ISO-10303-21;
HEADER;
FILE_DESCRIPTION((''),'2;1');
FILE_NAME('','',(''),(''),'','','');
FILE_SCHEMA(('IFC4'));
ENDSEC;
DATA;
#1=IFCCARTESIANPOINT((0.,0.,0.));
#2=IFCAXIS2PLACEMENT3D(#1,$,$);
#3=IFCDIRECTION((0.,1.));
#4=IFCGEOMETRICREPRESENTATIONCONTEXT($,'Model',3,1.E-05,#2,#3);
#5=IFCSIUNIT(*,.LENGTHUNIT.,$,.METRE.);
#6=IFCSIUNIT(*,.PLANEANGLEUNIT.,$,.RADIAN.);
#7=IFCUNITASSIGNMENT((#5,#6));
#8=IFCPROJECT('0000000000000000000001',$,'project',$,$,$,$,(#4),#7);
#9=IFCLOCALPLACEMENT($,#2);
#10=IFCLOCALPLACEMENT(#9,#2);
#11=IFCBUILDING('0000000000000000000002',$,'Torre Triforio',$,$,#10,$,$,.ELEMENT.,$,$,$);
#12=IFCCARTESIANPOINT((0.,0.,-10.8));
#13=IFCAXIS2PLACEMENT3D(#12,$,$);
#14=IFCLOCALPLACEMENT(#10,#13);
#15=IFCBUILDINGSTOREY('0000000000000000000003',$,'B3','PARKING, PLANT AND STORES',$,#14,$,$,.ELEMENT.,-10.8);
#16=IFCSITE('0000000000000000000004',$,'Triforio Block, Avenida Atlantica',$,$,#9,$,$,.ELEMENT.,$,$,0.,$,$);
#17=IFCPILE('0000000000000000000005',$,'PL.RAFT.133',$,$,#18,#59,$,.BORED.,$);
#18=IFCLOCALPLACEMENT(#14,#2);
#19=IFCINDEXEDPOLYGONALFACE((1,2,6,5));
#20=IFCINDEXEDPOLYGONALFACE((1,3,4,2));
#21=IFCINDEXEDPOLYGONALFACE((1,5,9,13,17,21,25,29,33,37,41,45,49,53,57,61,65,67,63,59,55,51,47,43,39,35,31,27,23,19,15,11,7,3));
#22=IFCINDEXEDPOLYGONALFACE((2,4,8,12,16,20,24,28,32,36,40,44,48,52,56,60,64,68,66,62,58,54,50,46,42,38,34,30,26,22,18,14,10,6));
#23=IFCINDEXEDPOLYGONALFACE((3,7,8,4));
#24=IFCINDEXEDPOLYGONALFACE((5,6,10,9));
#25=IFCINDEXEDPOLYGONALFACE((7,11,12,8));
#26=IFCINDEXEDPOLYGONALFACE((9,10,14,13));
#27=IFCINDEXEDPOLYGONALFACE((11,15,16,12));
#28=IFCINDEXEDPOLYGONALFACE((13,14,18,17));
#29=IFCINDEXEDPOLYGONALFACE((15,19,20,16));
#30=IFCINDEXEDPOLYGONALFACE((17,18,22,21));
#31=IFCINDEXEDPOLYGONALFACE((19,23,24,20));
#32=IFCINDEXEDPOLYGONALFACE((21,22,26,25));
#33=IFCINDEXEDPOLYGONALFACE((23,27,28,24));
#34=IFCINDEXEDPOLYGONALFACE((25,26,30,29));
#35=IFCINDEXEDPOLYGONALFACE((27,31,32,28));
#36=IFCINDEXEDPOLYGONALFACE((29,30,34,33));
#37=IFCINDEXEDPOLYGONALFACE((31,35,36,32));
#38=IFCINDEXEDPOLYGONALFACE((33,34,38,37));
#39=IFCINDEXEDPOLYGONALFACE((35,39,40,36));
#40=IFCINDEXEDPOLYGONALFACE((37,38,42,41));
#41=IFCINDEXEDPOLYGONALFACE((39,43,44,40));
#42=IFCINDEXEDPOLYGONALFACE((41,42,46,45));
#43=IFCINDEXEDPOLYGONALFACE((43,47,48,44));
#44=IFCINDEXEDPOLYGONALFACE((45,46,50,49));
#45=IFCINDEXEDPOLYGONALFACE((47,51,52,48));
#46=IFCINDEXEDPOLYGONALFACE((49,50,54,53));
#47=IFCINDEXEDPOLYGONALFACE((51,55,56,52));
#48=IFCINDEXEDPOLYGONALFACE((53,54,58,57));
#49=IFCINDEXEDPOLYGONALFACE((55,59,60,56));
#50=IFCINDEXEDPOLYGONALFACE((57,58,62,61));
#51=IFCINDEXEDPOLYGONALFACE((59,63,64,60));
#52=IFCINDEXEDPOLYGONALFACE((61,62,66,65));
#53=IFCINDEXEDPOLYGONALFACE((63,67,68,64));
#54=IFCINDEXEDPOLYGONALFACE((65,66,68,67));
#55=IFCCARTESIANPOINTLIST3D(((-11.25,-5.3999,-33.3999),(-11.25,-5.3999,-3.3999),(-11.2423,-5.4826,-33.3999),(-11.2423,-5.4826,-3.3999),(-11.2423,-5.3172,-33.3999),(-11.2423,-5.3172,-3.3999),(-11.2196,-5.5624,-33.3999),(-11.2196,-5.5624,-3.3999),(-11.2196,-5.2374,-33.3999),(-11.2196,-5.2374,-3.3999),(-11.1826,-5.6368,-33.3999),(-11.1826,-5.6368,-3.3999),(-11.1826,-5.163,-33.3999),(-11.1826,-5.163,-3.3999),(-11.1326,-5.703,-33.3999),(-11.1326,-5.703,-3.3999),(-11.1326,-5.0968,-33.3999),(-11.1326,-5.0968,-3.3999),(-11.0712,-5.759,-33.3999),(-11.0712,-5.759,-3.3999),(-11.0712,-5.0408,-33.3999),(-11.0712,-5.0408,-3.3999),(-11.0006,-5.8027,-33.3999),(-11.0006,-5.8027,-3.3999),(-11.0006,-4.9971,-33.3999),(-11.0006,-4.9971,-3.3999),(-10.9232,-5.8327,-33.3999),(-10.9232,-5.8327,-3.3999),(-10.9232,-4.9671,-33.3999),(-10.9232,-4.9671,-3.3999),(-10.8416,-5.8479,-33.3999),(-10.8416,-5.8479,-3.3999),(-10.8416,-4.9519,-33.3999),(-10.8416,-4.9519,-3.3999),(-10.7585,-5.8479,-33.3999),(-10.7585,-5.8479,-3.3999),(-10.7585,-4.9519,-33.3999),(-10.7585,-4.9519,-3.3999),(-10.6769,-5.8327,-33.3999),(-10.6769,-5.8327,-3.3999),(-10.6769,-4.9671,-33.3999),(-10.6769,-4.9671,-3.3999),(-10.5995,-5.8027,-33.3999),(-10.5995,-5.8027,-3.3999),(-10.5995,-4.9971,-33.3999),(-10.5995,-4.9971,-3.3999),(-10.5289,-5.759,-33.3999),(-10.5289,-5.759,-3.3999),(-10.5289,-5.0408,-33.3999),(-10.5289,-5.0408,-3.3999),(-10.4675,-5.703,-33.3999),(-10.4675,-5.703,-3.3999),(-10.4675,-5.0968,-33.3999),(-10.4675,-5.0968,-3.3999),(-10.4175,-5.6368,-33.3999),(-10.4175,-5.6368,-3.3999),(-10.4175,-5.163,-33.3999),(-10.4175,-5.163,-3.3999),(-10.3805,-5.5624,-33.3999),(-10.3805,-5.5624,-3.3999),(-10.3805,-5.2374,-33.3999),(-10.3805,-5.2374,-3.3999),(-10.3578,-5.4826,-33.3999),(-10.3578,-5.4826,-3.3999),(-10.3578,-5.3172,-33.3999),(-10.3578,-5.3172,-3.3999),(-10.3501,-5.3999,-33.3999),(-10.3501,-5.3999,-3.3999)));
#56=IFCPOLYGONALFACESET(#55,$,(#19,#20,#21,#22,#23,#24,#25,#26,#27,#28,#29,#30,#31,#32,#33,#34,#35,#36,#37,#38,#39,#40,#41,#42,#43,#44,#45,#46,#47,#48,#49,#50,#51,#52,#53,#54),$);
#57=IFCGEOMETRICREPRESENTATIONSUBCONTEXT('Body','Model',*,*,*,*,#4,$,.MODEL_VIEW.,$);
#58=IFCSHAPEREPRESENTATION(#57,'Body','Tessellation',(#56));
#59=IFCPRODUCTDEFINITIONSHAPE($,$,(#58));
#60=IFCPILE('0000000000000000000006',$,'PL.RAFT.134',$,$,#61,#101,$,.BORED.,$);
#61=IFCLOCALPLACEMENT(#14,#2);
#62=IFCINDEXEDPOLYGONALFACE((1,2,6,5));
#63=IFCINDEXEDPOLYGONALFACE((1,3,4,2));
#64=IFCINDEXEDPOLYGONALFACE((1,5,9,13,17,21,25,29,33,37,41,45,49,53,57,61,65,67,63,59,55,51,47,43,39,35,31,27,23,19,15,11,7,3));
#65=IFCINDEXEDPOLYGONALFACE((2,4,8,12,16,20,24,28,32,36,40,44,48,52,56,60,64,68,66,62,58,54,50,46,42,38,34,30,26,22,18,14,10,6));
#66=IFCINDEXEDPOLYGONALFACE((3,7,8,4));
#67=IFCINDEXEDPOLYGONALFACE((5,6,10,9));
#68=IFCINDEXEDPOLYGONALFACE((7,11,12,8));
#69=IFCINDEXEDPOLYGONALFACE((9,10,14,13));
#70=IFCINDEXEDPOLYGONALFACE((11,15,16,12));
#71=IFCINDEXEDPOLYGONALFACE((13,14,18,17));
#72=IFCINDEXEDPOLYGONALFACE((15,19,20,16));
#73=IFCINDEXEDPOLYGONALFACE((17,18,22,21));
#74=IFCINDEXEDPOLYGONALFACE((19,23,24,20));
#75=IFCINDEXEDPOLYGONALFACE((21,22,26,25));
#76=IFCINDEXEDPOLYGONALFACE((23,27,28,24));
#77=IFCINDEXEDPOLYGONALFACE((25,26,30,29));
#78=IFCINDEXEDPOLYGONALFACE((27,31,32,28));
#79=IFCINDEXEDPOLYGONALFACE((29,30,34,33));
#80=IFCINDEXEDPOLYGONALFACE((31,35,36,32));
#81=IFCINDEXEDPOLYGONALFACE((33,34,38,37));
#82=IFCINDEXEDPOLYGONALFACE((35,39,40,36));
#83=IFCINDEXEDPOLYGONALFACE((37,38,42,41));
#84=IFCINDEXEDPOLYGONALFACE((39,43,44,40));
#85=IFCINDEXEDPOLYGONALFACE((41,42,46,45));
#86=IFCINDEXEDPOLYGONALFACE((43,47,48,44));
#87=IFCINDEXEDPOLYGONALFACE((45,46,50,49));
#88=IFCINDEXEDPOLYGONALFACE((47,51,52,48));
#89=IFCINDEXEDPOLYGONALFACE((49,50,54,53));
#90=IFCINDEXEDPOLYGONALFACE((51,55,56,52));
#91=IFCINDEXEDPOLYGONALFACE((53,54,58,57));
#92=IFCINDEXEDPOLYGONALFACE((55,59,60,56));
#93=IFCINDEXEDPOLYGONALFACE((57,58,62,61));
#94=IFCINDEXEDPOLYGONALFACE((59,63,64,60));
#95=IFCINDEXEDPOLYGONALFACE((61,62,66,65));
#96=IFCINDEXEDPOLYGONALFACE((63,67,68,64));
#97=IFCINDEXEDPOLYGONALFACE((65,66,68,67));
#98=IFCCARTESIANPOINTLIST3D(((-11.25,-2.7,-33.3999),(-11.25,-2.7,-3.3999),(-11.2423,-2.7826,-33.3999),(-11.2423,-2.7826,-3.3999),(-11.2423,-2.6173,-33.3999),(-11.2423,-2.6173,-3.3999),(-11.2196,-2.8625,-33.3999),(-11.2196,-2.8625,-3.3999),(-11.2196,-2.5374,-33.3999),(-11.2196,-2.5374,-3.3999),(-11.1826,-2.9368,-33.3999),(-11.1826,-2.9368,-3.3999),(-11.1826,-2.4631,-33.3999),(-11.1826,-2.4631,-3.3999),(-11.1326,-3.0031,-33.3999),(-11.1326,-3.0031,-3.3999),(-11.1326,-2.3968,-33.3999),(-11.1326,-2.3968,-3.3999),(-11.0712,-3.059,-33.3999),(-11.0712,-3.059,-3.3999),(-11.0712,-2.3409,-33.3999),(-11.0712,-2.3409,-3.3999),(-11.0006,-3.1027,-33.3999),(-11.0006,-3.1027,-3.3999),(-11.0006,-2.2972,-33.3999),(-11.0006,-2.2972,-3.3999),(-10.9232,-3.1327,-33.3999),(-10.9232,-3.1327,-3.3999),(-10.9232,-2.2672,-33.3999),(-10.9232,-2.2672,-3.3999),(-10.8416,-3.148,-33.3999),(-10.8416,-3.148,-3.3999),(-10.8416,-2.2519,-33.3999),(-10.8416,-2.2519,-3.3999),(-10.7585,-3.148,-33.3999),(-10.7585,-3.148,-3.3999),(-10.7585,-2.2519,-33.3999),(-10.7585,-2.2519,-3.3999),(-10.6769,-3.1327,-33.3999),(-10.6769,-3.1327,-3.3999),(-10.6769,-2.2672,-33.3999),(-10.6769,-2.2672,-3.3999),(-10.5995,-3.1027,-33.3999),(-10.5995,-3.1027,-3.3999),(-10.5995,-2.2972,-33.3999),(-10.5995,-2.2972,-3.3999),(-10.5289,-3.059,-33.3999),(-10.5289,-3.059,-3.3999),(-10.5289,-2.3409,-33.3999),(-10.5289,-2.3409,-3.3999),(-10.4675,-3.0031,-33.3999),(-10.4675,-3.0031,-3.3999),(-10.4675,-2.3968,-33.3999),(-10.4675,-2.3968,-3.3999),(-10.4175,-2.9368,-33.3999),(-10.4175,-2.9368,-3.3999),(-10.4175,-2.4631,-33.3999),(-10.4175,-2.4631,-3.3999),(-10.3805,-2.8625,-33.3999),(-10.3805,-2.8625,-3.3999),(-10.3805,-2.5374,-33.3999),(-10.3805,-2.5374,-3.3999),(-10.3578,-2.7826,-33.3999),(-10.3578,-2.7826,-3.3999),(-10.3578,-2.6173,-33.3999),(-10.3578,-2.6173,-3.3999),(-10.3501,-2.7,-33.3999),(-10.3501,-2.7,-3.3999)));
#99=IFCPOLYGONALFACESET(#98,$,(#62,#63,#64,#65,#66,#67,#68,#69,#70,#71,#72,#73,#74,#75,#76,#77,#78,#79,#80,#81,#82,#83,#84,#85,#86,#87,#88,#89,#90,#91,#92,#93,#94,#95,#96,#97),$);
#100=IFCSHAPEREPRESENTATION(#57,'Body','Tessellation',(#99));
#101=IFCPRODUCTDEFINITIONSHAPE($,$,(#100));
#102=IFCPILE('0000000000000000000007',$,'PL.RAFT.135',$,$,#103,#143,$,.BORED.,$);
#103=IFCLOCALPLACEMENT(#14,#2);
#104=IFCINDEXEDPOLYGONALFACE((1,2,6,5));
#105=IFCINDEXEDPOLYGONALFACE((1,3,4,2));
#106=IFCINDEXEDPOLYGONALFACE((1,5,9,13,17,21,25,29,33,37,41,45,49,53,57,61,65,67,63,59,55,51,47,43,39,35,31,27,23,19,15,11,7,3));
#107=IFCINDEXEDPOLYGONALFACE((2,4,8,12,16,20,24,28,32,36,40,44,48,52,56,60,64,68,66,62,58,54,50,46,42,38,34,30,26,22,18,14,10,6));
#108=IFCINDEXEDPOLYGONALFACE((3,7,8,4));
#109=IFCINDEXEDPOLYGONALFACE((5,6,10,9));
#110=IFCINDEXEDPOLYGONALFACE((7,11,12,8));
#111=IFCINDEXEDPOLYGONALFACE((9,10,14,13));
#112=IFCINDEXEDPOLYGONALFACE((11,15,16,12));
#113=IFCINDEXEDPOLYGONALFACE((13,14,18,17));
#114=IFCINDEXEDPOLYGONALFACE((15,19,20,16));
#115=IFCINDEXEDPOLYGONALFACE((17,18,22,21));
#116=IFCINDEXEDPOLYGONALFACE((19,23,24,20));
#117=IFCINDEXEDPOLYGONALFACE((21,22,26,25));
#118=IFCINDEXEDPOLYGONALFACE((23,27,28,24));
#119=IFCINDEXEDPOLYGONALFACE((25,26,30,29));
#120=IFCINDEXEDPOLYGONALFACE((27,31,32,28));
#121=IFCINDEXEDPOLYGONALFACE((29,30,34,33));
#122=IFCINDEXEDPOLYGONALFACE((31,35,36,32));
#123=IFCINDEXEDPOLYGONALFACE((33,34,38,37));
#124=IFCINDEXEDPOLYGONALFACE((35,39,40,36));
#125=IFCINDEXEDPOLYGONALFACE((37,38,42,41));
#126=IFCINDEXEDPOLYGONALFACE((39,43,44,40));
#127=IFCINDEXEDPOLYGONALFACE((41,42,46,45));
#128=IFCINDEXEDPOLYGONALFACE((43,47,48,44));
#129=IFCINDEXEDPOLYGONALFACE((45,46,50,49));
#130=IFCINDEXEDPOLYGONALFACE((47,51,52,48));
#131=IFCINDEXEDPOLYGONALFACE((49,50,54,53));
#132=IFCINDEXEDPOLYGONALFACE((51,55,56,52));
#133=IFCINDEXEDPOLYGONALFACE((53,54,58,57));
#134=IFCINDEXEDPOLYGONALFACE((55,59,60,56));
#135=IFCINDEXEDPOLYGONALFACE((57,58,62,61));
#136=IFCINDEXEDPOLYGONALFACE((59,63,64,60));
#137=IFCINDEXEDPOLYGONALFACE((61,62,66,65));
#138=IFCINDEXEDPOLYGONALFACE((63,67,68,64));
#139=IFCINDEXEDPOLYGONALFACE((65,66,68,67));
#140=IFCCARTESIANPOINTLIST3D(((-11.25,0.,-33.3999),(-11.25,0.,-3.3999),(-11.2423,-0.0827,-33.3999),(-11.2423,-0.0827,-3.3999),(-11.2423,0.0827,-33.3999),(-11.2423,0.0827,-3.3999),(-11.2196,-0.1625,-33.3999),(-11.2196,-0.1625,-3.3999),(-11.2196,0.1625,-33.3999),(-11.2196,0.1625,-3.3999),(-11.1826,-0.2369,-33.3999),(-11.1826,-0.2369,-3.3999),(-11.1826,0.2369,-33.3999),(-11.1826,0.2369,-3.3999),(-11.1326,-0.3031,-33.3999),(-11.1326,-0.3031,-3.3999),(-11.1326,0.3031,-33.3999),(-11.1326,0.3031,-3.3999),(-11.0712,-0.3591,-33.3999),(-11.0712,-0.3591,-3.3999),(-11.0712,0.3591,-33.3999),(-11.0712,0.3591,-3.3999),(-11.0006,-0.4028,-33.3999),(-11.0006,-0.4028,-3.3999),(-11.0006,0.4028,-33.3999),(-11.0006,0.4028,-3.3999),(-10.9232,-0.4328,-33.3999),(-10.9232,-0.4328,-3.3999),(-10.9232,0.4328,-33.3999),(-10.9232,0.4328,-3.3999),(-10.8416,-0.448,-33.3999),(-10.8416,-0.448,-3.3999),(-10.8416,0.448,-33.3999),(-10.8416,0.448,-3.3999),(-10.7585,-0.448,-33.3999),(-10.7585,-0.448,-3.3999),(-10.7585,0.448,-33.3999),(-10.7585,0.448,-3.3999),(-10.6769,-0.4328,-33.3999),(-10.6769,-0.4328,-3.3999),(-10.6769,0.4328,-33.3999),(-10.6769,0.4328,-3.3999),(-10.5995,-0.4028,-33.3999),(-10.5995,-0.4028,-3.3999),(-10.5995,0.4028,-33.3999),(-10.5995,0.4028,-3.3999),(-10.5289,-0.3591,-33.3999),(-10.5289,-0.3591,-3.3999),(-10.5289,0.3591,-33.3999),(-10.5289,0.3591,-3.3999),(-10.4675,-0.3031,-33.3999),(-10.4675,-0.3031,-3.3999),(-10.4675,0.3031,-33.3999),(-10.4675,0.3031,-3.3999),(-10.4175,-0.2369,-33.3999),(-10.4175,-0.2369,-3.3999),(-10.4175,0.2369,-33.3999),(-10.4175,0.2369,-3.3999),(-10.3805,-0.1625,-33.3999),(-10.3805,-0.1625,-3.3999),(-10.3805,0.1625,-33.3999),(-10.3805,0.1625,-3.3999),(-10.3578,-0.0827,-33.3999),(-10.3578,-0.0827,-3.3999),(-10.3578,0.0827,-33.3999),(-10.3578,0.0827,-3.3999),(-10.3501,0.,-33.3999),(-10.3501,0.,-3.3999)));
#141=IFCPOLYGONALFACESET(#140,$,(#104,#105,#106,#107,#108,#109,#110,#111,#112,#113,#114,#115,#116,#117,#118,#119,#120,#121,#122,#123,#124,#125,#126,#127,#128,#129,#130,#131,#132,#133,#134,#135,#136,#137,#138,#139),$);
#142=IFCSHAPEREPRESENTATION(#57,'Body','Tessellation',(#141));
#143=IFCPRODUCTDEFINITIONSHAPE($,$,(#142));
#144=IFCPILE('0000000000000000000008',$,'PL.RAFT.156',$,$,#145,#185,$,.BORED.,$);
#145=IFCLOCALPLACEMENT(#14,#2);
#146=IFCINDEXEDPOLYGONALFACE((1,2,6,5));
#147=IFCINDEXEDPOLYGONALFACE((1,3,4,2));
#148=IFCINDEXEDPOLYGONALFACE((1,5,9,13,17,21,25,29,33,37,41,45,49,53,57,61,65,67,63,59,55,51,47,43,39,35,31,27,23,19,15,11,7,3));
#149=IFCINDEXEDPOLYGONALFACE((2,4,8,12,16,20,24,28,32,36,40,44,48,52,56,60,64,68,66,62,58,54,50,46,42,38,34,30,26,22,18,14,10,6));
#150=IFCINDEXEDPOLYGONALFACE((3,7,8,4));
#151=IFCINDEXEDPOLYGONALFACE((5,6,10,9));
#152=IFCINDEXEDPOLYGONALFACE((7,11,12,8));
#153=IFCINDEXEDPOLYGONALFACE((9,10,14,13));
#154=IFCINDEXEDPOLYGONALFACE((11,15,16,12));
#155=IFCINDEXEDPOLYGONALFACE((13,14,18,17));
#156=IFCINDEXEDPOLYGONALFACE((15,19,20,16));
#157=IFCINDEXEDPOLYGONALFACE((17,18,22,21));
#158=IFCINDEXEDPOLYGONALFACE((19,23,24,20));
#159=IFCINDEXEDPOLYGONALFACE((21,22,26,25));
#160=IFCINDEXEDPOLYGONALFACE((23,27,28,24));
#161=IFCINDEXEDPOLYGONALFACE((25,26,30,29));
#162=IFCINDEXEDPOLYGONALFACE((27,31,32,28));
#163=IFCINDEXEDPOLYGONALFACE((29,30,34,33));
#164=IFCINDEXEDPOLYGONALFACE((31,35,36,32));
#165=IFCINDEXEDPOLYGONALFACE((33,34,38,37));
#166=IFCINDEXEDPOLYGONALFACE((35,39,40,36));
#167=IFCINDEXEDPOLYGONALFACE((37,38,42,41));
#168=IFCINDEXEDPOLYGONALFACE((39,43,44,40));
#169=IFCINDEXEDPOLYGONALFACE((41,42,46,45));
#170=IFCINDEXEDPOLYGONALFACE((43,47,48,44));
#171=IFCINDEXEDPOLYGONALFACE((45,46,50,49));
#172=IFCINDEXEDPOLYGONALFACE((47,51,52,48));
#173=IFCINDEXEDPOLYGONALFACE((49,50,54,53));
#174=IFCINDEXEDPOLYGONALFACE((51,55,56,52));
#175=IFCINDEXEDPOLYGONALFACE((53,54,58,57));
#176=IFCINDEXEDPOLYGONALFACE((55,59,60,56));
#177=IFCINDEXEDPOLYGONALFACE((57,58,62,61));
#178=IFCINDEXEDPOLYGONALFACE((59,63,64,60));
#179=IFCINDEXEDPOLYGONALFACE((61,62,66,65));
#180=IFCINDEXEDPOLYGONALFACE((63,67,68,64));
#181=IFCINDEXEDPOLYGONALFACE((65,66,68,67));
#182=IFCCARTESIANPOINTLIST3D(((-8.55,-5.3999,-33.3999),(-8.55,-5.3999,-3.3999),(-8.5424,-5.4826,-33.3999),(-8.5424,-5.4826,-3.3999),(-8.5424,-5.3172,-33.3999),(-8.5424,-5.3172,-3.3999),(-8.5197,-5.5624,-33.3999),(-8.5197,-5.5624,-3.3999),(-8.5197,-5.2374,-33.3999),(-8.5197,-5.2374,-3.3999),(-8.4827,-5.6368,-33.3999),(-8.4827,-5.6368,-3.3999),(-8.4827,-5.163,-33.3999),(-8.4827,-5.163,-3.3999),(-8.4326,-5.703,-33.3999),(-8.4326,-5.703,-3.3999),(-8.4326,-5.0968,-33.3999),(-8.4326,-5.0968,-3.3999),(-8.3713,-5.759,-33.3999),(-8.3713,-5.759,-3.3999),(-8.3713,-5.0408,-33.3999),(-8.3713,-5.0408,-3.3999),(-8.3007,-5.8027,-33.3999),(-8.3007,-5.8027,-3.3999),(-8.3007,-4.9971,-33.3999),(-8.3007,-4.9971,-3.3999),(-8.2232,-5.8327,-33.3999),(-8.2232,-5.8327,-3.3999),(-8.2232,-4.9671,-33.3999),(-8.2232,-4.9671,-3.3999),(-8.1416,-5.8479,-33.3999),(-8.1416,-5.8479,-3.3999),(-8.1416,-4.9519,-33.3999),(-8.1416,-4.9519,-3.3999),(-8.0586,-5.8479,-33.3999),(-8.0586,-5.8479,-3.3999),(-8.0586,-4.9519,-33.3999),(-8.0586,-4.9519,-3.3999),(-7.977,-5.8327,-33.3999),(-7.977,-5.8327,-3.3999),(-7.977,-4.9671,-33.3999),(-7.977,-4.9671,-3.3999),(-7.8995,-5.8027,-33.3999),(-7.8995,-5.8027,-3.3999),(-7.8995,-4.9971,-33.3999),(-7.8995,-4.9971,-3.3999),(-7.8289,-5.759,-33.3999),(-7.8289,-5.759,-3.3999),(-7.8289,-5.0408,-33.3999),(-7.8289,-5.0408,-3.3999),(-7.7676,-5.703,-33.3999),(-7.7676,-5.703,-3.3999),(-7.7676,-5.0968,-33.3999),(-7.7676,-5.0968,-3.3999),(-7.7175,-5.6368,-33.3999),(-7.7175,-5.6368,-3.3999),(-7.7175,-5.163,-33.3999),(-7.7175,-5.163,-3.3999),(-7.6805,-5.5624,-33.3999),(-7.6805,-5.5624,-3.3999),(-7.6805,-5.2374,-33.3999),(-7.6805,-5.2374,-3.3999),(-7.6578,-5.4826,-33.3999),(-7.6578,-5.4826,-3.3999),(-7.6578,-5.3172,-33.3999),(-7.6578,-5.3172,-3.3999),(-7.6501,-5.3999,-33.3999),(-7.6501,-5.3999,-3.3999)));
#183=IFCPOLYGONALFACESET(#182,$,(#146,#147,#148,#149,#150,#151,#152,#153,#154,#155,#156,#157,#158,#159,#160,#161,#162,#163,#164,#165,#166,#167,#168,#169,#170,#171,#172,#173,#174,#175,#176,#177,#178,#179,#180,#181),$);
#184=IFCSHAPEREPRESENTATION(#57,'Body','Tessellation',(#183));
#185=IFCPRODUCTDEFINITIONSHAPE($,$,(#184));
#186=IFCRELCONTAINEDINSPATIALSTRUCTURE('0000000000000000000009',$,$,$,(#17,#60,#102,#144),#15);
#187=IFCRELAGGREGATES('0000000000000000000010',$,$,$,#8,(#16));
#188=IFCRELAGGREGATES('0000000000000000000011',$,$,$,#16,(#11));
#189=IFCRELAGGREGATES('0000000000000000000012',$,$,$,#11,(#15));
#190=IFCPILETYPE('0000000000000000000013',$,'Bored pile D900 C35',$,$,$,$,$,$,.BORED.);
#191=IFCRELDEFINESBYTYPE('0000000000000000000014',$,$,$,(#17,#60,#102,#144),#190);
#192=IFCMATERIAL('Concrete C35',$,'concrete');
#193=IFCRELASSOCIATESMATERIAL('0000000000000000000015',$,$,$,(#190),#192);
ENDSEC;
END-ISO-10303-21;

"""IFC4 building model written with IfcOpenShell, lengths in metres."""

from ifc_helpers import new_model, si_unit, direction, frame, origin, origin_2d, place, context, subcontext, project, spatial, circle, extrude, material, material_profile, profile_set, type_object, element, save


model = new_model("IFC4")

# Units and contexts
model_context = context("Model", 3, precision=1e-05, world=origin(), true_north=direction((0.0, 1.0)))
body_context = subcontext(model_context, "Body", "Model", "MODEL_VIEW")
ifc_project = project(units=[si_unit("LENGTHUNIT", "METRE"), si_unit("PLANEANGLEUNIT", "RADIAN")], contexts=[model_context])

# Site, building, storey
site_placement = place(None, origin())
site = spatial("IfcSite", under=ifc_project, at=site_placement, Name="Triforio Block, Avenida Atlantica", CompositionType="ELEMENT", RefElevation=0.0)
building_placement = place(site_placement, origin())
building = spatial("IfcBuilding", under=site, at=building_placement, Name="Torre Triforio", CompositionType="ELEMENT")
storey_placement = place(building_placement, frame((0.0, 0.0, -10.8)))
storey = spatial("IfcBuildingStorey", under=building, at=storey_placement, Name="B3", Description="PARKING, PLANT AND STORES", CompositionType="ELEMENT", Elevation=-10.8)

# Piles
ifc_material_1 = material(Name="Concrete C35", Category="concrete")
ifc_material_profile_1 = material_profile(ifc_material_1, circle(Radius=0.45, at=origin_2d()), Name="RC D900")
ifc_profile_set_1 = profile_set([ifc_material_profile_1], Name="Concrete C35")
pile_type = type_object("IfcPileType", Name="Bored pile D900 C35", PredefinedType="BORED", material=ifc_profile_set_1)
for number, where, z_axis, x_axis, name in (
    (1, (-10.8, -5.3999, -3.3999), (0.0, 0.0, -1.0), (1.0, 0.0, 0.0), "PL.RAFT.133"),
    (2, (-10.8, -2.7, -3.3999), (0.0, 0.0, -1.0), (1.0, 0.0, 0.0), "PL.RAFT.134"),
    (3, (-10.8, 0.0, -3.3999), (0.0, 0.0, -1.0), (1.0, 0.0, 0.0), "PL.RAFT.135"),
    (4, (-8.1001, -5.3999, -3.3999), (0.0, 0.0, -1.0), (1.0, 0.0, 0.0), "PL.RAFT.156"),
):
    element("IfcPile", number, at=place(storey_placement, frame(where, z_axis=z_axis, x_axis=x_axis)), inside=storey, type_object=pile_type, Name=name, PredefinedType="BORED", context=body_context, shape_type="SweptSolid", body=[
        extrude(circle(Radius=0.45, at=origin_2d()), origin(), (0.0, 0.0, 1.0), 30.0),
    ])

save(model, "model.ifc")
